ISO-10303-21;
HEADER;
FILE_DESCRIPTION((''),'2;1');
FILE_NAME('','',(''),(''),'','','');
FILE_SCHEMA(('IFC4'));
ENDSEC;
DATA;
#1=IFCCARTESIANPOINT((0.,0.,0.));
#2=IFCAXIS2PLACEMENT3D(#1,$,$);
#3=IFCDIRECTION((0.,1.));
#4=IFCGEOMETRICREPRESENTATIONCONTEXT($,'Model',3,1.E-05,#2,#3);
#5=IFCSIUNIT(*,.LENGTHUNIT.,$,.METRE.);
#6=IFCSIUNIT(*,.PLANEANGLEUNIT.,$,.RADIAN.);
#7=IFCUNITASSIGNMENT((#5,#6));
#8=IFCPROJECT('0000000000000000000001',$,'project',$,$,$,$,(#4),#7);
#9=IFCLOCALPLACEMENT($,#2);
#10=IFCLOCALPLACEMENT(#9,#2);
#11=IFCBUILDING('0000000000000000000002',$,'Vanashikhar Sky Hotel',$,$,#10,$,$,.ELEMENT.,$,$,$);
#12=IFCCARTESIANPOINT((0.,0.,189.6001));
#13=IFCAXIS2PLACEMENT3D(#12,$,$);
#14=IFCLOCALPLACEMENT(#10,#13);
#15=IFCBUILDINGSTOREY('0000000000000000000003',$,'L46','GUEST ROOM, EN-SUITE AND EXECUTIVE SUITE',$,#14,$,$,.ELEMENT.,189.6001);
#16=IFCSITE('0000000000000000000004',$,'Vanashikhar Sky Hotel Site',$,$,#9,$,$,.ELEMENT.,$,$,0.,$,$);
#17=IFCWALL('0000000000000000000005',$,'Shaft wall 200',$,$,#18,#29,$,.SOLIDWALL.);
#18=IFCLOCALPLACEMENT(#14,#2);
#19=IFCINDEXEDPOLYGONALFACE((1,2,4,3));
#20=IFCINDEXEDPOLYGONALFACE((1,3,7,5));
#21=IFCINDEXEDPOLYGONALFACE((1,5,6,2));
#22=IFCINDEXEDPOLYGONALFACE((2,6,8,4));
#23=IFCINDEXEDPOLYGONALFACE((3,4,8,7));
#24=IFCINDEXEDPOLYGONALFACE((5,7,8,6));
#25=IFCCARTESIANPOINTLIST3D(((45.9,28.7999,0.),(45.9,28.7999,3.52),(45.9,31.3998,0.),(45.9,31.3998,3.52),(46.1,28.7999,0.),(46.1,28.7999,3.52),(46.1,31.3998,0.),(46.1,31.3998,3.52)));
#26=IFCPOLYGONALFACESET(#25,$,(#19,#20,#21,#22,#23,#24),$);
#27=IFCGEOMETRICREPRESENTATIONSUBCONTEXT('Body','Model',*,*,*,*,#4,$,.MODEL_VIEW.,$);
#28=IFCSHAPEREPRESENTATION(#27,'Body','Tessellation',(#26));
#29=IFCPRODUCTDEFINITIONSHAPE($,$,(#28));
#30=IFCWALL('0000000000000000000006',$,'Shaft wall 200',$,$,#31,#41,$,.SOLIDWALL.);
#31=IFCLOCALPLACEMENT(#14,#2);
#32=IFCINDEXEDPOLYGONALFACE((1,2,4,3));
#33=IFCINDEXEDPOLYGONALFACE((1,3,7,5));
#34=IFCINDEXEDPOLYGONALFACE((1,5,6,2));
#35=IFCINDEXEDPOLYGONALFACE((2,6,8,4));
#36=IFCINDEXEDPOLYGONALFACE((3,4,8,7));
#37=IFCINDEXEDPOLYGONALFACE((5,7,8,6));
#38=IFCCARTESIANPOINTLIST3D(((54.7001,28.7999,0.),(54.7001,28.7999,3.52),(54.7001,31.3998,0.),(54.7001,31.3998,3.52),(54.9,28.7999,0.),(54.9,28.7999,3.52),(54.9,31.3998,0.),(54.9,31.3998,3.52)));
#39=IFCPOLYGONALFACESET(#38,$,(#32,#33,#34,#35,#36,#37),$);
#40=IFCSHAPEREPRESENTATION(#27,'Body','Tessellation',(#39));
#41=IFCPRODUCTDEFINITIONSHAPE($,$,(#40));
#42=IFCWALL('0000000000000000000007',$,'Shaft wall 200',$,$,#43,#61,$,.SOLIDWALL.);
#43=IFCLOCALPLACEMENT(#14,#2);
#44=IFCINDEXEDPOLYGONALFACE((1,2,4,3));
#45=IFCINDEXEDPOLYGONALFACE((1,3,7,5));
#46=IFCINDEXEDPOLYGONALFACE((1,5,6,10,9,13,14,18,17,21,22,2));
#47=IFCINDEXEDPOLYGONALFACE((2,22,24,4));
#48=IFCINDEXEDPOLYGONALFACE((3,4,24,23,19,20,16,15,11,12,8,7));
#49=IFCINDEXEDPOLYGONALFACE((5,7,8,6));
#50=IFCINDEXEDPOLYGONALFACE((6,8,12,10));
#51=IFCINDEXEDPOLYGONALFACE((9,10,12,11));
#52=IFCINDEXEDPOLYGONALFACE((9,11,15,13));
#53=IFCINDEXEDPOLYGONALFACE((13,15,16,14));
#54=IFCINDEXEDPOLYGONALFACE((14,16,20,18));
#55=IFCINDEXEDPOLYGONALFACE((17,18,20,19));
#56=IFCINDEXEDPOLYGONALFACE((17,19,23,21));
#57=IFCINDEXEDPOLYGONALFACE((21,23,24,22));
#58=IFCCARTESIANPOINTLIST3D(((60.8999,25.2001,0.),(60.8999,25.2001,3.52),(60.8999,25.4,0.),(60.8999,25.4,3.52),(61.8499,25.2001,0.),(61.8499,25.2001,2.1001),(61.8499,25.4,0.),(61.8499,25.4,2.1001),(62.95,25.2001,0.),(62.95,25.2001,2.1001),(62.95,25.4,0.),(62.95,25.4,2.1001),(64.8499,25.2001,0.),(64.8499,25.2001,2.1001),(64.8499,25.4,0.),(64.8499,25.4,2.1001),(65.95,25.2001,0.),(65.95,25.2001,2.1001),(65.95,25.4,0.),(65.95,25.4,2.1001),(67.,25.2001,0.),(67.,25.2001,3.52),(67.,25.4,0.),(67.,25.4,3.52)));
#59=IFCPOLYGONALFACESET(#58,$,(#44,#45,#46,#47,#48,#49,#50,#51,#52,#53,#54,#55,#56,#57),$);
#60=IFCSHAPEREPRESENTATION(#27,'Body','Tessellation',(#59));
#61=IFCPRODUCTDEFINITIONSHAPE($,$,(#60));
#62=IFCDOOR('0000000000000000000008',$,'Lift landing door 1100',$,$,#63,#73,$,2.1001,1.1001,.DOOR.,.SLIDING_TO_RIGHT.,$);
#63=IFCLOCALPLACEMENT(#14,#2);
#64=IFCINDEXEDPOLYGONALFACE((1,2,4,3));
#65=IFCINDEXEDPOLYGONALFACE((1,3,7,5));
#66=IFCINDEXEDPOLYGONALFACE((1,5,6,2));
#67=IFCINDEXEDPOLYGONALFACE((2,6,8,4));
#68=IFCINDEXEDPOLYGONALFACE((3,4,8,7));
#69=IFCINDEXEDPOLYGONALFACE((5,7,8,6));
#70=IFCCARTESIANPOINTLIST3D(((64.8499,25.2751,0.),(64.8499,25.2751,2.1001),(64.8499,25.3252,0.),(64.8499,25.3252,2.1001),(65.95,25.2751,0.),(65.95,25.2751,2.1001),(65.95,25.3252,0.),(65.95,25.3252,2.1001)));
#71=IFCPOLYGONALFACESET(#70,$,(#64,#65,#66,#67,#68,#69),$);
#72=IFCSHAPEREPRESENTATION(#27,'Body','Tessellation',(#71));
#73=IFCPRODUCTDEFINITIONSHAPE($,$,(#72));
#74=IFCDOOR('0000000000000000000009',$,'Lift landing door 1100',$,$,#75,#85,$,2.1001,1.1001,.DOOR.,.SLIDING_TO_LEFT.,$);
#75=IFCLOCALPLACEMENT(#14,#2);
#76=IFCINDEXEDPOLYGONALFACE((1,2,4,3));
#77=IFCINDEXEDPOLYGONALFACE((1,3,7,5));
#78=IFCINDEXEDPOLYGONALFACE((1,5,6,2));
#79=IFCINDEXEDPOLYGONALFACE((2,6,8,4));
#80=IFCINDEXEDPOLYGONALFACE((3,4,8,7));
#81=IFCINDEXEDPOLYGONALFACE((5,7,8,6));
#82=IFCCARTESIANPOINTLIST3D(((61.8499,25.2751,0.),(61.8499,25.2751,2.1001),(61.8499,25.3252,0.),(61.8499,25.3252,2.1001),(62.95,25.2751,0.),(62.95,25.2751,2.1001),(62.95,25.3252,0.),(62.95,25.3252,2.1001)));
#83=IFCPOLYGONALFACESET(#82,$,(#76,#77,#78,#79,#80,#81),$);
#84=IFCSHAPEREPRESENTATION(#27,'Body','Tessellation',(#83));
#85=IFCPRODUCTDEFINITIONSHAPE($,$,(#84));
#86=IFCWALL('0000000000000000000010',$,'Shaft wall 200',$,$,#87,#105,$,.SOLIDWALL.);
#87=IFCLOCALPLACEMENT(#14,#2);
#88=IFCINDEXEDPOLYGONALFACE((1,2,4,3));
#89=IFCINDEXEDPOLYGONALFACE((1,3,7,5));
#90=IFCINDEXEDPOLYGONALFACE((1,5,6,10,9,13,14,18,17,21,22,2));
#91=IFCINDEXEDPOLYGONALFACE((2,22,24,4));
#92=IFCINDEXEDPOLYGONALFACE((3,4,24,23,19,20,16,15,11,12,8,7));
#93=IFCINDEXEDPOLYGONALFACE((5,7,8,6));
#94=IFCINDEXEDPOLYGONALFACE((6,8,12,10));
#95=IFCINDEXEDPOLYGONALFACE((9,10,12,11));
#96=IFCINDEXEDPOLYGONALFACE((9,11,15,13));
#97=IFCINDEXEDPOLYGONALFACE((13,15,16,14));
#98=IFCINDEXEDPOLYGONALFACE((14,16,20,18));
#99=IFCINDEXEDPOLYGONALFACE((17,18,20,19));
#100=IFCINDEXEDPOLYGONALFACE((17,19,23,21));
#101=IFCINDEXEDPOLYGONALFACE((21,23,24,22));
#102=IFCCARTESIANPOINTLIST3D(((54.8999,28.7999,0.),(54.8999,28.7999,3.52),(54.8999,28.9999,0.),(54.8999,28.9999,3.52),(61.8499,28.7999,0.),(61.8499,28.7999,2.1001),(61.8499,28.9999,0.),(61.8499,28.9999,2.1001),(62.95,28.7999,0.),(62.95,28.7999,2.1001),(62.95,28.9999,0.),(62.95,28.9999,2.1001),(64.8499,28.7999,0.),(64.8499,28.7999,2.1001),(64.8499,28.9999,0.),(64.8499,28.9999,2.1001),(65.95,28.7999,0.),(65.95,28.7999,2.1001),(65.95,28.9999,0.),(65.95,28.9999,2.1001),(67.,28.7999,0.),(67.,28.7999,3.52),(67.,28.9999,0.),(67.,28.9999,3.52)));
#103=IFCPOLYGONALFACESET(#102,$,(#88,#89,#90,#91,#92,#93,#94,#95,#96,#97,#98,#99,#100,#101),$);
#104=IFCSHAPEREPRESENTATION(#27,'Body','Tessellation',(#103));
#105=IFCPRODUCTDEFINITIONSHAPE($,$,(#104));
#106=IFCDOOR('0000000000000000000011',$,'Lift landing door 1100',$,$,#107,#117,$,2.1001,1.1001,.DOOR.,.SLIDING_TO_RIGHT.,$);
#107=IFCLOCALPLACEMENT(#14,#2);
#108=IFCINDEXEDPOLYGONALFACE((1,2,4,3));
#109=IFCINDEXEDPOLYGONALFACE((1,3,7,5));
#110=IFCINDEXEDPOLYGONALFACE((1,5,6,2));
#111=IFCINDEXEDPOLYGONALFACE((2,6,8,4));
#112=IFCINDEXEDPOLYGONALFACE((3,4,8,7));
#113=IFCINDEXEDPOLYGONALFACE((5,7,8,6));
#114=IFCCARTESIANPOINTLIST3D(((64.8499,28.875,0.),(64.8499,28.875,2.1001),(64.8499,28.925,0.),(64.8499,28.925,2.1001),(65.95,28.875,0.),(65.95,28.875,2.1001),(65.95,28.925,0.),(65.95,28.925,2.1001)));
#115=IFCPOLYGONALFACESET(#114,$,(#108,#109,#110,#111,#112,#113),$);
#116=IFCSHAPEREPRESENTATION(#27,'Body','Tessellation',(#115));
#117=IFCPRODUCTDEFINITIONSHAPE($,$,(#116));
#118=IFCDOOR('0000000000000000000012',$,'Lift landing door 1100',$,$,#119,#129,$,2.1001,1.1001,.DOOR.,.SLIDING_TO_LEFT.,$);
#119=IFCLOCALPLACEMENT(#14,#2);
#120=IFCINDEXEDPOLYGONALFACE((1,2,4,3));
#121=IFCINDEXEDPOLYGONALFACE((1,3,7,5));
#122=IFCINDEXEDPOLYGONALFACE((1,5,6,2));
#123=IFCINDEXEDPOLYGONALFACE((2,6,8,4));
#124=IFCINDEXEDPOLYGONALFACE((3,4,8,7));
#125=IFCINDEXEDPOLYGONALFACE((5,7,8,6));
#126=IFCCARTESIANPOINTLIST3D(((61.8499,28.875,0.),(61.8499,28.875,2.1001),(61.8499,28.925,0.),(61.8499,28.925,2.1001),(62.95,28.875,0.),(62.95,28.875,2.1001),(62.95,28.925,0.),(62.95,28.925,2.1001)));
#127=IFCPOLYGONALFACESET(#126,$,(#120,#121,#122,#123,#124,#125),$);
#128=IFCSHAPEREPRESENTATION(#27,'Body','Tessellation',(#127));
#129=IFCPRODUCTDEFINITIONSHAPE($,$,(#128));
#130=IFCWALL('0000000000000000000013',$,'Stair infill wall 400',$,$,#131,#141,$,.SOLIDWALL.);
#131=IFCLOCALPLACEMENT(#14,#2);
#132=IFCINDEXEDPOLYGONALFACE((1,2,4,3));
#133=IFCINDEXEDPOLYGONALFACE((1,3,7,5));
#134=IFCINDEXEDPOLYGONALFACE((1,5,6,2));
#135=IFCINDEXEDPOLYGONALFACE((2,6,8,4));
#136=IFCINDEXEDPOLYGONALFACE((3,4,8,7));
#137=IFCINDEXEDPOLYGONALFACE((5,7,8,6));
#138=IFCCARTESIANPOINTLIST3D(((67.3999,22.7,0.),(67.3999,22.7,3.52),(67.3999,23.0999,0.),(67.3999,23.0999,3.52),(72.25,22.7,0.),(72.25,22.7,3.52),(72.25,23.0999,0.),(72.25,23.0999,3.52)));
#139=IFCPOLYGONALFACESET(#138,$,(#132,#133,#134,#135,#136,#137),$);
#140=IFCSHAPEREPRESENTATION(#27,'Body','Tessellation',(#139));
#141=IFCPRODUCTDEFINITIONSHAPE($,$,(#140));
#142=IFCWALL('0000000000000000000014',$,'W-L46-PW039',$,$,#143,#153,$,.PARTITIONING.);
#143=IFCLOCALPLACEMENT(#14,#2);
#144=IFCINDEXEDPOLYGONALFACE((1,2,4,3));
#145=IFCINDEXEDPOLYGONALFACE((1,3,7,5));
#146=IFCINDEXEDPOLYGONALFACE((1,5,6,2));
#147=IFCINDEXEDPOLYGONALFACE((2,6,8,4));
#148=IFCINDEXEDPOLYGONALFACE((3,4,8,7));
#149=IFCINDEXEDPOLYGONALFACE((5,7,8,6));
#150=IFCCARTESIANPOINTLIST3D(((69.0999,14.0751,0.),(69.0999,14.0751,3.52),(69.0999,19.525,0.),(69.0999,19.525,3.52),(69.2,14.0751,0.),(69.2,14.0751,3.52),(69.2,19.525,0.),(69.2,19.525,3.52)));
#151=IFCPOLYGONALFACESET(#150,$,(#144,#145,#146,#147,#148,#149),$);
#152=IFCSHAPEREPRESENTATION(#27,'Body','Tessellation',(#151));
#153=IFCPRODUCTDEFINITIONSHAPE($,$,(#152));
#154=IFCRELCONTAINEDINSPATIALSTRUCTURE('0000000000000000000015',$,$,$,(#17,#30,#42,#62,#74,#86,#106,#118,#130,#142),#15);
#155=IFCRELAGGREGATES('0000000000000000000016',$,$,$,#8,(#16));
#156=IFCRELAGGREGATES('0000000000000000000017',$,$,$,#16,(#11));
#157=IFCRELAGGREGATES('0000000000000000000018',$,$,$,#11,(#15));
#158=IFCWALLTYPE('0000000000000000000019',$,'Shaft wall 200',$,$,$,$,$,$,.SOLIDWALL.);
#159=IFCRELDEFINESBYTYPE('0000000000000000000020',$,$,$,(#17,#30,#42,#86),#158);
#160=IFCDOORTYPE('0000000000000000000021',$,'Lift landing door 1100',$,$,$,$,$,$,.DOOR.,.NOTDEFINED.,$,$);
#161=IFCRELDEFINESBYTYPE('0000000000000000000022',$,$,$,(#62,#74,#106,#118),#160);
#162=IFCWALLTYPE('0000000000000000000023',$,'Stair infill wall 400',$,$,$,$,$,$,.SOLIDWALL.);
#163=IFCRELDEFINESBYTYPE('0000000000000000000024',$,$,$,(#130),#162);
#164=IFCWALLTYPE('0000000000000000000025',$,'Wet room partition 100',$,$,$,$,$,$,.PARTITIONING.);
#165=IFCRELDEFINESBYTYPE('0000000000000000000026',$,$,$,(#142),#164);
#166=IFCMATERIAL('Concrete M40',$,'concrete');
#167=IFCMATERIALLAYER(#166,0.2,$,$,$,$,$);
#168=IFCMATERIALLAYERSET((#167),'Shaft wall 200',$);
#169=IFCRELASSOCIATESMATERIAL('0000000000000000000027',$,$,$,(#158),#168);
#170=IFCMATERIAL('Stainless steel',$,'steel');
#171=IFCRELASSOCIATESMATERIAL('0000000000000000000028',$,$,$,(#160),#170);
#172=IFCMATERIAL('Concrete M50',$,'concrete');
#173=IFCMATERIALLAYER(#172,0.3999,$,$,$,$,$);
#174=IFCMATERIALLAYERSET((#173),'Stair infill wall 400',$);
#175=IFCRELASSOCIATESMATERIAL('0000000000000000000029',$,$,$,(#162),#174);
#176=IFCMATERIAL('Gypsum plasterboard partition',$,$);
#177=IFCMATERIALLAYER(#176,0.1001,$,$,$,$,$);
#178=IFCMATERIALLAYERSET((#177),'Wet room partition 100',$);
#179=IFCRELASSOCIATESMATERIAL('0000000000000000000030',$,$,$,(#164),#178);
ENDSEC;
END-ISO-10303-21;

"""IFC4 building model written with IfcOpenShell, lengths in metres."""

from ifc_helpers import new_model, si_unit, direction, frame, frame_2d, origin, place, context, subcontext, project, spatial, rectangle, extrude, source, transform, mapped, material, layer, layer_set, type_object, element, fill, save


model = new_model("IFC4")

# Units and contexts
model_context = context("Model", 3, precision=1e-05, world=origin(), true_north=direction((0.0, 1.0)))
body_context = subcontext(model_context, "Body", "Model", "MODEL_VIEW")
ifc_project = project(units=[si_unit("LENGTHUNIT", "METRE"), si_unit("PLANEANGLEUNIT", "RADIAN")], contexts=[model_context])

# Site, building, storey
site_placement = place(None, origin())
site = spatial("IfcSite", under=ifc_project, at=site_placement, Name="Vanashikhar Sky Hotel Site", CompositionType="ELEMENT", RefElevation=0.0)
building_placement = place(site_placement, origin())
building = spatial("IfcBuilding", under=site, at=building_placement, Name="Vanashikhar Sky Hotel", CompositionType="ELEMENT")
storey_placement = place(building_placement, frame((0.0, 0.0, 189.6001)))
storey = spatial("IfcBuildingStorey", under=building, at=storey_placement, Name="L46", Description="GUEST ROOM, EN-SUITE AND EXECUTIVE SUITE", CompositionType="ELEMENT", Elevation=189.6001)

# Shared definitions
ifc_material_1 = material(Name="Concrete M50", Category="concrete")

# Shared definitions
shared_shape_1 = source(origin(), body_context, "Body", "SweptSolid", [
    extrude(rectangle(XDim=1.1001, YDim=2.1001, at=frame_2d((0.55, 1.05))), frame((0.0, 0.0249, 0.0), z_axis=(0.0, -1.0, 0.0), x_axis=(1.0, 0.0, 0.0)), (0.0, 0.0, 1.0), 0.05),
])

# Shared definitions
ifc_material_2 = material(Name="Concrete M40", Category="concrete")
ifc_layer_1 = layer(ifc_material_2, 0.2)
ifc_layer_set_1 = layer_set([ifc_layer_1], Name="Shaft wall 200")
wall_type_1 = type_object("IfcWallType", Name="Shaft wall 200", PredefinedType="SOLIDWALL", material=ifc_layer_set_1)
shared_shape_2 = source(origin(), body_context, "Body", "SweptSolid", [
    extrude(rectangle(XDim=1.1001, YDim=2.1001, at=frame_2d((0.55, 1.05))), frame((0.0, 0.1099, 0.0), z_axis=(0.0, -1.0, 0.0), x_axis=(1.0, 0.0, 0.0)), (0.0, 0.0, 1.0), 0.22),
])
ifc_material_3 = material(Name="Stainless steel", Category="steel")
door_type_1 = type_object("IfcDoorType", Name="Lift landing door 1100", OperationType="NOTDEFINED", PredefinedType="DOOR", material=ifc_material_3)

# Walls
shared_shape_3 = source(origin(), body_context, "Body", "SweptSolid", [
    extrude(rectangle(XDim=2.5999, YDim=0.2, at=frame_2d((1.2998, 0.0))), origin(), (0.0, 0.0, 1.0), 3.52),
])
for number, where, z_axis, x_axis, name in (
    (1, (46.0, 28.8, 0.0), (0.0, 0.0, 1.0), (0.0, 1.0, 0.0), "Shaft wall 200"),
    (2, (54.8, 28.8, 0.0), (0.0, 0.0, 1.0), (0.0, 1.0, 0.0), "Shaft wall 200"),
):
    element("IfcWall", number, at=place(storey_placement, frame(where, z_axis=z_axis, x_axis=x_axis)), inside=storey, type_object=wall_type_1, Name=name, PredefinedType="SOLIDWALL", context=body_context, shape_type="MappedRepresentation", body=[
        mapped(shared_shape_3, transform((0.0, 0.0, 0.0), scale=1.0)),
    ])

# Walls, openings, doors
shared_shape_4 = source(origin(), body_context, "Body", "SweptSolid", [
    extrude(rectangle(XDim=6.1001, YDim=0.2, at=frame_2d((3.05, 0.0))), origin(), (0.0, 0.0, 1.0), 3.52),
])
wall_1_placement = place(storey_placement, frame((67.0, 25.3, 0.0), z_axis=(0.0, 0.0, 1.0), x_axis=(-1.0, 0.0, 0.0)))
wall_1 = element("IfcWall", 3, at=wall_1_placement, inside=storey, type_object=wall_type_1, Name="Shaft wall 200", PredefinedType="SOLIDWALL", context=body_context, shape_type="MappedRepresentation", body=[
    mapped(shared_shape_4, transform((0.0, 0.0, 0.0), scale=1.0)),
])
opening_1_placement = place(wall_1_placement, frame((1.05, 0.0, 0.0)))
opening_1 = element("IfcOpeningElement", 4, at=opening_1_placement, cuts=wall_1, PredefinedType="OPENING", context=body_context, shape_type="MappedRepresentation", body=[
    mapped(shared_shape_2, transform((0.0, 0.0, 0.0), scale=1.0)),
])
opening_2_placement = place(wall_1_placement, frame((4.05, 0.0, 0.0)))
opening_2 = element("IfcOpeningElement", 5, at=opening_2_placement, cuts=wall_1, PredefinedType="OPENING", context=body_context, shape_type="MappedRepresentation", body=[
    mapped(shared_shape_2, transform((0.0, 0.0, 0.0), scale=1.0)),
])
door_1_placement = place(opening_1_placement, origin())
door_1 = element("IfcDoor", 6, at=door_1_placement, inside=storey, type_object=door_type_1, Name="Lift landing door 1100", OperationType="SLIDING_TO_RIGHT", OverallHeight=2.1001, OverallWidth=1.1001, PredefinedType="DOOR", context=body_context, shape_type="MappedRepresentation", body=[
    mapped(shared_shape_1, transform((0.0, 0.0, 0.0), scale=1.0)),
])
fill(opening_1, door_1)
door_2_placement = place(opening_2_placement, origin())
door_2 = element("IfcDoor", 7, at=door_2_placement, inside=storey, type_object=door_type_1, Name="Lift landing door 1100", OperationType="SLIDING_TO_LEFT", OverallHeight=2.1001, OverallWidth=1.1001, PredefinedType="DOOR", context=body_context, shape_type="MappedRepresentation", body=[
    mapped(shared_shape_1, transform((0.0, 0.0, 0.0), scale=1.0)),
])
fill(opening_2, door_2)
shared_shape_5 = source(origin(), body_context, "Body", "SweptSolid", [
    extrude(rectangle(XDim=12.1001, YDim=0.2, at=frame_2d((6.05, 0.0))), origin(), (0.0, 0.0, 1.0), 3.52),
])
wall_2_placement = place(storey_placement, frame((67.0, 28.8999, 0.0), z_axis=(0.0, 0.0, 1.0), x_axis=(-1.0, 0.0, 0.0)))
wall_2 = element("IfcWall", 8, at=wall_2_placement, inside=storey, type_object=wall_type_1, Name="Shaft wall 200", PredefinedType="SOLIDWALL", context=body_context, shape_type="MappedRepresentation", body=[
    mapped(shared_shape_5, transform((0.0, 0.0, 0.0), scale=1.0)),
])
opening_3_placement = place(wall_2_placement, frame((1.05, 0.0, 0.0)))
opening_3 = element("IfcOpeningElement", 9, at=opening_3_placement, cuts=wall_2, PredefinedType="OPENING", context=body_context, shape_type="MappedRepresentation", body=[
    mapped(shared_shape_2, transform((0.0, 0.0, 0.0), scale=1.0)),
])
opening_4_placement = place(wall_2_placement, frame((4.05, 0.0, 0.0)))
opening_4 = element("IfcOpeningElement", 10, at=opening_4_placement, cuts=wall_2, PredefinedType="OPENING", context=body_context, shape_type="MappedRepresentation", body=[
    mapped(shared_shape_2, transform((0.0, 0.0, 0.0), scale=1.0)),
])
door_3_placement = place(opening_3_placement, origin())
door_3 = element("IfcDoor", 11, at=door_3_placement, inside=storey, type_object=door_type_1, Name="Lift landing door 1100", OperationType="SLIDING_TO_RIGHT", OverallHeight=2.1001, OverallWidth=1.1001, PredefinedType="DOOR", context=body_context, shape_type="MappedRepresentation", body=[
    mapped(shared_shape_1, transform((0.0, 0.0, 0.0), scale=1.0)),
])
fill(opening_3, door_3)
door_4_placement = place(opening_4_placement, origin())
door_4 = element("IfcDoor", 12, at=door_4_placement, inside=storey, type_object=door_type_1, Name="Lift landing door 1100", OperationType="SLIDING_TO_LEFT", OverallHeight=2.1001, OverallWidth=1.1001, PredefinedType="DOOR", context=body_context, shape_type="MappedRepresentation", body=[
    mapped(shared_shape_1, transform((0.0, 0.0, 0.0), scale=1.0)),
])
fill(opening_4, door_4)

# Walls
ifc_layer_2 = layer(ifc_material_1, 0.3999)
ifc_layer_set_2 = layer_set([ifc_layer_2], Name="Stair infill wall 400")
wall_type_2 = type_object("IfcWallType", Name="Stair infill wall 400", PredefinedType="SOLIDWALL", material=ifc_layer_set_2)
shared_shape_6 = source(origin(), body_context, "Body", "SweptSolid", [
    extrude(rectangle(XDim=4.8501, YDim=0.3999, at=frame_2d((2.425, 0.0))), origin(), (0.0, 0.0, 1.0), 3.52),
])
wall_3_placement = place(storey_placement, frame((67.3999, 22.8999, 0.0), z_axis=(0.0, 0.0, 1.0), x_axis=(1.0, 0.0, 0.0)))
element("IfcWall", 13, at=wall_3_placement, inside=storey, type_object=wall_type_2, Name="Stair infill wall 400", PredefinedType="SOLIDWALL", context=body_context, shape_type="MappedRepresentation", body=[
    mapped(shared_shape_6, transform((0.0, 0.0, 0.0), scale=1.0)),
])
ifc_material_4 = material(Name="Gypsum plasterboard partition")
ifc_layer_3 = layer(ifc_material_4, 0.1001)
ifc_layer_set_3 = layer_set([ifc_layer_3], Name="Wet room partition 100")
wall_type_3 = type_object("IfcWallType", Name="Wet room partition 100", PredefinedType="PARTITIONING", material=ifc_layer_set_3)
shared_shape_7 = source(origin(), body_context, "Body", "SweptSolid", [
    extrude(rectangle(XDim=5.45, YDim=0.1001, at=frame_2d((2.7251, 0.0))), origin(), (0.0, 0.0, 1.0), 3.52),
])
wall_4_placement = place(storey_placement, frame((69.1499, 14.075, 0.0), z_axis=(0.0, 0.0, 1.0), x_axis=(0.0, 1.0, 0.0)))
element("IfcWall", 14, at=wall_4_placement, inside=storey, type_object=wall_type_3, Name="W-L46-PW039", PredefinedType="PARTITIONING", context=body_context, shape_type="MappedRepresentation", body=[
    mapped(shared_shape_7, transform((0.0, 0.0, 0.0), scale=1.0)),
])

save(model, "model.ifc")
